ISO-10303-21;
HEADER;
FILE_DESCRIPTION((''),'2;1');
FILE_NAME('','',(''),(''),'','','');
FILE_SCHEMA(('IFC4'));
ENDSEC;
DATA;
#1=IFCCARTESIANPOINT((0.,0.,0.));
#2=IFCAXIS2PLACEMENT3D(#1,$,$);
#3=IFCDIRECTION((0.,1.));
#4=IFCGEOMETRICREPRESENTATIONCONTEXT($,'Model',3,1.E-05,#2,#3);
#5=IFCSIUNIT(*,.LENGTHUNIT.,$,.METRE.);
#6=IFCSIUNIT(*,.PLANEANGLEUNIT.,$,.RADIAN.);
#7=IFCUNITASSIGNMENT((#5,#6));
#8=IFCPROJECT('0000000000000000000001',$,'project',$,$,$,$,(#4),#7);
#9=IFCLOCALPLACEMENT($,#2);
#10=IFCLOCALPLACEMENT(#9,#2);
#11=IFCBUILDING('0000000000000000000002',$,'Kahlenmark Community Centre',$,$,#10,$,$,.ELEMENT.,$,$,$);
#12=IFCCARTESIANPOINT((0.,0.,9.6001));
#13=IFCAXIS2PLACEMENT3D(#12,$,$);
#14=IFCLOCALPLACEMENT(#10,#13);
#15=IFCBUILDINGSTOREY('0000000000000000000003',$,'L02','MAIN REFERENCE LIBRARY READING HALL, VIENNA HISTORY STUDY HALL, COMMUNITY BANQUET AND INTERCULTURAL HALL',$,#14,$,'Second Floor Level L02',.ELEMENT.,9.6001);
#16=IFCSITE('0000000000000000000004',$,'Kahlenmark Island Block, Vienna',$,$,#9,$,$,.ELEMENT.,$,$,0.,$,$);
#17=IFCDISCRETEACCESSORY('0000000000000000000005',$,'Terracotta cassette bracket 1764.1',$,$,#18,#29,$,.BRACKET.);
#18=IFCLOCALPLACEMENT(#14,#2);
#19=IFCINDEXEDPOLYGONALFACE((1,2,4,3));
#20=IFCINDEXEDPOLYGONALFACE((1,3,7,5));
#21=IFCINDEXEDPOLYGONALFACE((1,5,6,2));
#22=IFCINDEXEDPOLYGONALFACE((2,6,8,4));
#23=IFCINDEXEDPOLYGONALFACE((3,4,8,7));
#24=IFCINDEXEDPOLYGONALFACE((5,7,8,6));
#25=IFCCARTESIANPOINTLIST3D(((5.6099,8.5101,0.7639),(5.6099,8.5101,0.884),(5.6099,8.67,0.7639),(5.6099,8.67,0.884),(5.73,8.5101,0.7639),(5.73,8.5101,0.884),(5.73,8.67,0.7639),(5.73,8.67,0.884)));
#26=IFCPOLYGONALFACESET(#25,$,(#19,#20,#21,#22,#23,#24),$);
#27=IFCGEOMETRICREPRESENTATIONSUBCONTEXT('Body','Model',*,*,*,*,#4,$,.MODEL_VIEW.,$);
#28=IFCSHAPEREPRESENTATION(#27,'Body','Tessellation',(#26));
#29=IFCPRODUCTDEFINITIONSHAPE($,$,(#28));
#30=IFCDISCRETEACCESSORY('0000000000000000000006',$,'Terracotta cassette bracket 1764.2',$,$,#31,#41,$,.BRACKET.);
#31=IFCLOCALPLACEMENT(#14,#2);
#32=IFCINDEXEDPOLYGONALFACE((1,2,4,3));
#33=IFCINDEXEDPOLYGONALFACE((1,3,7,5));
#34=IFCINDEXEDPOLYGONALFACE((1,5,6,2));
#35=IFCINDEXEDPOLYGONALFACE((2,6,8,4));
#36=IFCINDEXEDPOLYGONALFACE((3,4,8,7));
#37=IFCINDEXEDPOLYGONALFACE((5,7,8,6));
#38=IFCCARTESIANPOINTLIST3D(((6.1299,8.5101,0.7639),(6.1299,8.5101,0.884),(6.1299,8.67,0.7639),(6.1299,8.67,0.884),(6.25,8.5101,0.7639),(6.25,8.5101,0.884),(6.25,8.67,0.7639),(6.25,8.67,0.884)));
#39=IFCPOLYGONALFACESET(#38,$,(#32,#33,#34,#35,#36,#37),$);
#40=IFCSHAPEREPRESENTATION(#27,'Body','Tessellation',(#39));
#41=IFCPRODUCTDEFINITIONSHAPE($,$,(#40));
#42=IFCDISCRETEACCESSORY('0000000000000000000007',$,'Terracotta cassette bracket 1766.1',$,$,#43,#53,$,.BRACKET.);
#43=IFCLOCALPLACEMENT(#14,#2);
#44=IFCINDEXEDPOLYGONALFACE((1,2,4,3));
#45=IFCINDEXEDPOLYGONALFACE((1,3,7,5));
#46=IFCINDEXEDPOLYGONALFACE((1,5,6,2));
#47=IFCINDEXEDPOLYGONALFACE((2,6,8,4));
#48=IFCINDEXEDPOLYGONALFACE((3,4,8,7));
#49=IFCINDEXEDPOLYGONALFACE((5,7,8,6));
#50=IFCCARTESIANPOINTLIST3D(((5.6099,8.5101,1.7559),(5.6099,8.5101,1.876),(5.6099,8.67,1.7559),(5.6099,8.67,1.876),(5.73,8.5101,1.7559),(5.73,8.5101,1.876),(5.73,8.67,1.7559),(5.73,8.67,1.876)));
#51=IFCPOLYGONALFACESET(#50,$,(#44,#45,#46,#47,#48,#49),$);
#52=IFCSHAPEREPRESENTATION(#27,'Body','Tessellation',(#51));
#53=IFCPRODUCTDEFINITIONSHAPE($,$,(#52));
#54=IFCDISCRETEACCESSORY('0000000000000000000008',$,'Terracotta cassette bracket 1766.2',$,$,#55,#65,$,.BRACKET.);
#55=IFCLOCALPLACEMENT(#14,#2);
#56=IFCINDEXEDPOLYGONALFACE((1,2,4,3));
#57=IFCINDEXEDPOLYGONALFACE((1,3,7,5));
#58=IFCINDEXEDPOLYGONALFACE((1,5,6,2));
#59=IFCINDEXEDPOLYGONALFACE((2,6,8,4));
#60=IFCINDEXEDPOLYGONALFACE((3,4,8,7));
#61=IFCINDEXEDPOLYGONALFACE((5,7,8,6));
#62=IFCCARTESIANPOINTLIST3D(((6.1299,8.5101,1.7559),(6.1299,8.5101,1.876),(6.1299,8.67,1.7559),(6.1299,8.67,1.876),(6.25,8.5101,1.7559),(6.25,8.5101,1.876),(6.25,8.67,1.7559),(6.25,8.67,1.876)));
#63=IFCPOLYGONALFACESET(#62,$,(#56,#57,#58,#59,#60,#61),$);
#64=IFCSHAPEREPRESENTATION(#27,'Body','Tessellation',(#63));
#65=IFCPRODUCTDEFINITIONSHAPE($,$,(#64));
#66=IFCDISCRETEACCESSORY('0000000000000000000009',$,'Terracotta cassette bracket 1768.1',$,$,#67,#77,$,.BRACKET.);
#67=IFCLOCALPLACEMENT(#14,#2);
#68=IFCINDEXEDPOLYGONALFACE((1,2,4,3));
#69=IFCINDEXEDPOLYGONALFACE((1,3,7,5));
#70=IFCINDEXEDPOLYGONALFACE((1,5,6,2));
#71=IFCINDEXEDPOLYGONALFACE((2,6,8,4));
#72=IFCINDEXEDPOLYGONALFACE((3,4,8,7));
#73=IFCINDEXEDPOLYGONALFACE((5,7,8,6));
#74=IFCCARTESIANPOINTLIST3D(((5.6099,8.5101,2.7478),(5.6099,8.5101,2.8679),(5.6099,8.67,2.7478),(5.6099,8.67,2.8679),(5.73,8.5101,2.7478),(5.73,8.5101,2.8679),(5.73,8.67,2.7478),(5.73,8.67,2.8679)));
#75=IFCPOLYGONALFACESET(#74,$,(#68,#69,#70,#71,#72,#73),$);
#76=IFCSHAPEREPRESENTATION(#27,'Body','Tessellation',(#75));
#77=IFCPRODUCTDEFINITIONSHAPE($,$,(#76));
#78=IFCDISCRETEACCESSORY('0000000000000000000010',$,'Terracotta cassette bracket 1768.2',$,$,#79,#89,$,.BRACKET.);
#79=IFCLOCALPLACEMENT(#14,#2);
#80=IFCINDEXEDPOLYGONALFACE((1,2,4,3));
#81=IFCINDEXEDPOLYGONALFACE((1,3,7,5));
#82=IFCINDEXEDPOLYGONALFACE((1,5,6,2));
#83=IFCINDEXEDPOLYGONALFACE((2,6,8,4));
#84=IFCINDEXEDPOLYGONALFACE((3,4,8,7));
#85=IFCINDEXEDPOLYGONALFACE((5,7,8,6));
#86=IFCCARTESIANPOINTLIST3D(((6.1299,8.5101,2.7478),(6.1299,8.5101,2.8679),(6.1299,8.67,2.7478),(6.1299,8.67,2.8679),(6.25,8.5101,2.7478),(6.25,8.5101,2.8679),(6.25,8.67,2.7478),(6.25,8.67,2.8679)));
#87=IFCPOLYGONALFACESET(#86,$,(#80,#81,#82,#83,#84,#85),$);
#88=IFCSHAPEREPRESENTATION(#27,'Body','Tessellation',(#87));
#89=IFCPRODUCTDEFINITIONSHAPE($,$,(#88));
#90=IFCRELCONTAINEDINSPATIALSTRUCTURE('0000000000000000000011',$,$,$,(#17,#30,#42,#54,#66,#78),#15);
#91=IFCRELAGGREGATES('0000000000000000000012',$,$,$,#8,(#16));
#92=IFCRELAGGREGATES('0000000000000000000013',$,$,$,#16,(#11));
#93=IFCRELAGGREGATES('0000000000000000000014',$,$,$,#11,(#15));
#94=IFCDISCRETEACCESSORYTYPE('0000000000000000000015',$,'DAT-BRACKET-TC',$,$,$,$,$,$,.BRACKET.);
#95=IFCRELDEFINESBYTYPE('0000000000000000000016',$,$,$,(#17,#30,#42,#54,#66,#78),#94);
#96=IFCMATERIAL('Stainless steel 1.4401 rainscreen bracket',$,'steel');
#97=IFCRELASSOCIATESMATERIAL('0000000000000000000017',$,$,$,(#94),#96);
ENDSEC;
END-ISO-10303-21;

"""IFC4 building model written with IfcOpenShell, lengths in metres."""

from ifc_helpers import new_model, si_unit, direction, frame, origin, origin_2d, place, context, subcontext, project, spatial, rectangle, extrude, material, type_object, element, save


model = new_model("IFC4")

# Units and contexts
model_context = context("Model", 3, precision=1e-05, world=origin(), true_north=direction((0.0, 1.0)))
body_context = subcontext(model_context, "Body", "Model", "MODEL_VIEW")
ifc_project = project(units=[si_unit("LENGTHUNIT", "METRE"), si_unit("PLANEANGLEUNIT", "RADIAN")], contexts=[model_context])

# Site, building, storey
site_placement = place(None, origin())
site = spatial("IfcSite", under=ifc_project, at=site_placement, Name="Kahlenmark Island Block, Vienna", CompositionType="ELEMENT", RefElevation=0.0)
building_placement = place(site_placement, origin())
building = spatial("IfcBuilding", under=site, at=building_placement, Name="Kahlenmark Community Centre", CompositionType="ELEMENT")
storey_placement = place(building_placement, frame((0.0, 0.0, 9.6001)))
storey = spatial("IfcBuildingStorey", under=building, at=storey_placement, Name="L02", Description="MAIN REFERENCE LIBRARY READING HALL, VIENNA HISTORY STUDY HALL, COMMUNITY BANQUET AND INTERCULTURAL HALL", LongName="Second Floor Level L02", CompositionType="ELEMENT", Elevation=9.6001)

# Discrete accessories
ifc_material_1 = material(Name="Stainless steel 1.4401 rainscreen bracket", Category="steel")
discrete_accessory_type = type_object("IfcDiscreteAccessoryType", Name="DAT-BRACKET-TC", PredefinedType="BRACKET", material=ifc_material_1)
for number, where, z_axis, x_axis, name in (
    (1, (5.6699, 8.5901, 0.7639), (0.0, 0.0, 1.0), (1.0, 0.0, 0.0), "Terracotta cassette bracket 1764.1"),
    (2, (6.1899, 8.5901, 0.7639), (0.0, 0.0, 1.0), (1.0, 0.0, 0.0), "Terracotta cassette bracket 1764.2"),
    (3, (5.6699, 8.5901, 1.7559), (0.0, 0.0, 1.0), (1.0, 0.0, 0.0), "Terracotta cassette bracket 1766.1"),
    (4, (6.1899, 8.5901, 1.7559), (0.0, 0.0, 1.0), (1.0, 0.0, 0.0), "Terracotta cassette bracket 1766.2"),
    (5, (5.6699, 8.5901, 2.7478), (0.0, 0.0, 1.0), (1.0, 0.0, 0.0), "Terracotta cassette bracket 1768.1"),
    (6, (6.1899, 8.5901, 2.7478), (0.0, 0.0, 1.0), (1.0, 0.0, 0.0), "Terracotta cassette bracket 1768.2"),
):
    element("IfcDiscreteAccessory", number, at=place(storey_placement, frame(where, z_axis=z_axis, x_axis=x_axis)), inside=storey, type_object=discrete_accessory_type, Name=name, PredefinedType="BRACKET", context=body_context, shape_type="SweptSolid", body=[
        extrude(rectangle(XDim=0.1201, YDim=0.1599, at=origin_2d()), origin(), (0.0, 0.0, 1.0), 0.1201),
    ])

save(model, "model.ifc")
